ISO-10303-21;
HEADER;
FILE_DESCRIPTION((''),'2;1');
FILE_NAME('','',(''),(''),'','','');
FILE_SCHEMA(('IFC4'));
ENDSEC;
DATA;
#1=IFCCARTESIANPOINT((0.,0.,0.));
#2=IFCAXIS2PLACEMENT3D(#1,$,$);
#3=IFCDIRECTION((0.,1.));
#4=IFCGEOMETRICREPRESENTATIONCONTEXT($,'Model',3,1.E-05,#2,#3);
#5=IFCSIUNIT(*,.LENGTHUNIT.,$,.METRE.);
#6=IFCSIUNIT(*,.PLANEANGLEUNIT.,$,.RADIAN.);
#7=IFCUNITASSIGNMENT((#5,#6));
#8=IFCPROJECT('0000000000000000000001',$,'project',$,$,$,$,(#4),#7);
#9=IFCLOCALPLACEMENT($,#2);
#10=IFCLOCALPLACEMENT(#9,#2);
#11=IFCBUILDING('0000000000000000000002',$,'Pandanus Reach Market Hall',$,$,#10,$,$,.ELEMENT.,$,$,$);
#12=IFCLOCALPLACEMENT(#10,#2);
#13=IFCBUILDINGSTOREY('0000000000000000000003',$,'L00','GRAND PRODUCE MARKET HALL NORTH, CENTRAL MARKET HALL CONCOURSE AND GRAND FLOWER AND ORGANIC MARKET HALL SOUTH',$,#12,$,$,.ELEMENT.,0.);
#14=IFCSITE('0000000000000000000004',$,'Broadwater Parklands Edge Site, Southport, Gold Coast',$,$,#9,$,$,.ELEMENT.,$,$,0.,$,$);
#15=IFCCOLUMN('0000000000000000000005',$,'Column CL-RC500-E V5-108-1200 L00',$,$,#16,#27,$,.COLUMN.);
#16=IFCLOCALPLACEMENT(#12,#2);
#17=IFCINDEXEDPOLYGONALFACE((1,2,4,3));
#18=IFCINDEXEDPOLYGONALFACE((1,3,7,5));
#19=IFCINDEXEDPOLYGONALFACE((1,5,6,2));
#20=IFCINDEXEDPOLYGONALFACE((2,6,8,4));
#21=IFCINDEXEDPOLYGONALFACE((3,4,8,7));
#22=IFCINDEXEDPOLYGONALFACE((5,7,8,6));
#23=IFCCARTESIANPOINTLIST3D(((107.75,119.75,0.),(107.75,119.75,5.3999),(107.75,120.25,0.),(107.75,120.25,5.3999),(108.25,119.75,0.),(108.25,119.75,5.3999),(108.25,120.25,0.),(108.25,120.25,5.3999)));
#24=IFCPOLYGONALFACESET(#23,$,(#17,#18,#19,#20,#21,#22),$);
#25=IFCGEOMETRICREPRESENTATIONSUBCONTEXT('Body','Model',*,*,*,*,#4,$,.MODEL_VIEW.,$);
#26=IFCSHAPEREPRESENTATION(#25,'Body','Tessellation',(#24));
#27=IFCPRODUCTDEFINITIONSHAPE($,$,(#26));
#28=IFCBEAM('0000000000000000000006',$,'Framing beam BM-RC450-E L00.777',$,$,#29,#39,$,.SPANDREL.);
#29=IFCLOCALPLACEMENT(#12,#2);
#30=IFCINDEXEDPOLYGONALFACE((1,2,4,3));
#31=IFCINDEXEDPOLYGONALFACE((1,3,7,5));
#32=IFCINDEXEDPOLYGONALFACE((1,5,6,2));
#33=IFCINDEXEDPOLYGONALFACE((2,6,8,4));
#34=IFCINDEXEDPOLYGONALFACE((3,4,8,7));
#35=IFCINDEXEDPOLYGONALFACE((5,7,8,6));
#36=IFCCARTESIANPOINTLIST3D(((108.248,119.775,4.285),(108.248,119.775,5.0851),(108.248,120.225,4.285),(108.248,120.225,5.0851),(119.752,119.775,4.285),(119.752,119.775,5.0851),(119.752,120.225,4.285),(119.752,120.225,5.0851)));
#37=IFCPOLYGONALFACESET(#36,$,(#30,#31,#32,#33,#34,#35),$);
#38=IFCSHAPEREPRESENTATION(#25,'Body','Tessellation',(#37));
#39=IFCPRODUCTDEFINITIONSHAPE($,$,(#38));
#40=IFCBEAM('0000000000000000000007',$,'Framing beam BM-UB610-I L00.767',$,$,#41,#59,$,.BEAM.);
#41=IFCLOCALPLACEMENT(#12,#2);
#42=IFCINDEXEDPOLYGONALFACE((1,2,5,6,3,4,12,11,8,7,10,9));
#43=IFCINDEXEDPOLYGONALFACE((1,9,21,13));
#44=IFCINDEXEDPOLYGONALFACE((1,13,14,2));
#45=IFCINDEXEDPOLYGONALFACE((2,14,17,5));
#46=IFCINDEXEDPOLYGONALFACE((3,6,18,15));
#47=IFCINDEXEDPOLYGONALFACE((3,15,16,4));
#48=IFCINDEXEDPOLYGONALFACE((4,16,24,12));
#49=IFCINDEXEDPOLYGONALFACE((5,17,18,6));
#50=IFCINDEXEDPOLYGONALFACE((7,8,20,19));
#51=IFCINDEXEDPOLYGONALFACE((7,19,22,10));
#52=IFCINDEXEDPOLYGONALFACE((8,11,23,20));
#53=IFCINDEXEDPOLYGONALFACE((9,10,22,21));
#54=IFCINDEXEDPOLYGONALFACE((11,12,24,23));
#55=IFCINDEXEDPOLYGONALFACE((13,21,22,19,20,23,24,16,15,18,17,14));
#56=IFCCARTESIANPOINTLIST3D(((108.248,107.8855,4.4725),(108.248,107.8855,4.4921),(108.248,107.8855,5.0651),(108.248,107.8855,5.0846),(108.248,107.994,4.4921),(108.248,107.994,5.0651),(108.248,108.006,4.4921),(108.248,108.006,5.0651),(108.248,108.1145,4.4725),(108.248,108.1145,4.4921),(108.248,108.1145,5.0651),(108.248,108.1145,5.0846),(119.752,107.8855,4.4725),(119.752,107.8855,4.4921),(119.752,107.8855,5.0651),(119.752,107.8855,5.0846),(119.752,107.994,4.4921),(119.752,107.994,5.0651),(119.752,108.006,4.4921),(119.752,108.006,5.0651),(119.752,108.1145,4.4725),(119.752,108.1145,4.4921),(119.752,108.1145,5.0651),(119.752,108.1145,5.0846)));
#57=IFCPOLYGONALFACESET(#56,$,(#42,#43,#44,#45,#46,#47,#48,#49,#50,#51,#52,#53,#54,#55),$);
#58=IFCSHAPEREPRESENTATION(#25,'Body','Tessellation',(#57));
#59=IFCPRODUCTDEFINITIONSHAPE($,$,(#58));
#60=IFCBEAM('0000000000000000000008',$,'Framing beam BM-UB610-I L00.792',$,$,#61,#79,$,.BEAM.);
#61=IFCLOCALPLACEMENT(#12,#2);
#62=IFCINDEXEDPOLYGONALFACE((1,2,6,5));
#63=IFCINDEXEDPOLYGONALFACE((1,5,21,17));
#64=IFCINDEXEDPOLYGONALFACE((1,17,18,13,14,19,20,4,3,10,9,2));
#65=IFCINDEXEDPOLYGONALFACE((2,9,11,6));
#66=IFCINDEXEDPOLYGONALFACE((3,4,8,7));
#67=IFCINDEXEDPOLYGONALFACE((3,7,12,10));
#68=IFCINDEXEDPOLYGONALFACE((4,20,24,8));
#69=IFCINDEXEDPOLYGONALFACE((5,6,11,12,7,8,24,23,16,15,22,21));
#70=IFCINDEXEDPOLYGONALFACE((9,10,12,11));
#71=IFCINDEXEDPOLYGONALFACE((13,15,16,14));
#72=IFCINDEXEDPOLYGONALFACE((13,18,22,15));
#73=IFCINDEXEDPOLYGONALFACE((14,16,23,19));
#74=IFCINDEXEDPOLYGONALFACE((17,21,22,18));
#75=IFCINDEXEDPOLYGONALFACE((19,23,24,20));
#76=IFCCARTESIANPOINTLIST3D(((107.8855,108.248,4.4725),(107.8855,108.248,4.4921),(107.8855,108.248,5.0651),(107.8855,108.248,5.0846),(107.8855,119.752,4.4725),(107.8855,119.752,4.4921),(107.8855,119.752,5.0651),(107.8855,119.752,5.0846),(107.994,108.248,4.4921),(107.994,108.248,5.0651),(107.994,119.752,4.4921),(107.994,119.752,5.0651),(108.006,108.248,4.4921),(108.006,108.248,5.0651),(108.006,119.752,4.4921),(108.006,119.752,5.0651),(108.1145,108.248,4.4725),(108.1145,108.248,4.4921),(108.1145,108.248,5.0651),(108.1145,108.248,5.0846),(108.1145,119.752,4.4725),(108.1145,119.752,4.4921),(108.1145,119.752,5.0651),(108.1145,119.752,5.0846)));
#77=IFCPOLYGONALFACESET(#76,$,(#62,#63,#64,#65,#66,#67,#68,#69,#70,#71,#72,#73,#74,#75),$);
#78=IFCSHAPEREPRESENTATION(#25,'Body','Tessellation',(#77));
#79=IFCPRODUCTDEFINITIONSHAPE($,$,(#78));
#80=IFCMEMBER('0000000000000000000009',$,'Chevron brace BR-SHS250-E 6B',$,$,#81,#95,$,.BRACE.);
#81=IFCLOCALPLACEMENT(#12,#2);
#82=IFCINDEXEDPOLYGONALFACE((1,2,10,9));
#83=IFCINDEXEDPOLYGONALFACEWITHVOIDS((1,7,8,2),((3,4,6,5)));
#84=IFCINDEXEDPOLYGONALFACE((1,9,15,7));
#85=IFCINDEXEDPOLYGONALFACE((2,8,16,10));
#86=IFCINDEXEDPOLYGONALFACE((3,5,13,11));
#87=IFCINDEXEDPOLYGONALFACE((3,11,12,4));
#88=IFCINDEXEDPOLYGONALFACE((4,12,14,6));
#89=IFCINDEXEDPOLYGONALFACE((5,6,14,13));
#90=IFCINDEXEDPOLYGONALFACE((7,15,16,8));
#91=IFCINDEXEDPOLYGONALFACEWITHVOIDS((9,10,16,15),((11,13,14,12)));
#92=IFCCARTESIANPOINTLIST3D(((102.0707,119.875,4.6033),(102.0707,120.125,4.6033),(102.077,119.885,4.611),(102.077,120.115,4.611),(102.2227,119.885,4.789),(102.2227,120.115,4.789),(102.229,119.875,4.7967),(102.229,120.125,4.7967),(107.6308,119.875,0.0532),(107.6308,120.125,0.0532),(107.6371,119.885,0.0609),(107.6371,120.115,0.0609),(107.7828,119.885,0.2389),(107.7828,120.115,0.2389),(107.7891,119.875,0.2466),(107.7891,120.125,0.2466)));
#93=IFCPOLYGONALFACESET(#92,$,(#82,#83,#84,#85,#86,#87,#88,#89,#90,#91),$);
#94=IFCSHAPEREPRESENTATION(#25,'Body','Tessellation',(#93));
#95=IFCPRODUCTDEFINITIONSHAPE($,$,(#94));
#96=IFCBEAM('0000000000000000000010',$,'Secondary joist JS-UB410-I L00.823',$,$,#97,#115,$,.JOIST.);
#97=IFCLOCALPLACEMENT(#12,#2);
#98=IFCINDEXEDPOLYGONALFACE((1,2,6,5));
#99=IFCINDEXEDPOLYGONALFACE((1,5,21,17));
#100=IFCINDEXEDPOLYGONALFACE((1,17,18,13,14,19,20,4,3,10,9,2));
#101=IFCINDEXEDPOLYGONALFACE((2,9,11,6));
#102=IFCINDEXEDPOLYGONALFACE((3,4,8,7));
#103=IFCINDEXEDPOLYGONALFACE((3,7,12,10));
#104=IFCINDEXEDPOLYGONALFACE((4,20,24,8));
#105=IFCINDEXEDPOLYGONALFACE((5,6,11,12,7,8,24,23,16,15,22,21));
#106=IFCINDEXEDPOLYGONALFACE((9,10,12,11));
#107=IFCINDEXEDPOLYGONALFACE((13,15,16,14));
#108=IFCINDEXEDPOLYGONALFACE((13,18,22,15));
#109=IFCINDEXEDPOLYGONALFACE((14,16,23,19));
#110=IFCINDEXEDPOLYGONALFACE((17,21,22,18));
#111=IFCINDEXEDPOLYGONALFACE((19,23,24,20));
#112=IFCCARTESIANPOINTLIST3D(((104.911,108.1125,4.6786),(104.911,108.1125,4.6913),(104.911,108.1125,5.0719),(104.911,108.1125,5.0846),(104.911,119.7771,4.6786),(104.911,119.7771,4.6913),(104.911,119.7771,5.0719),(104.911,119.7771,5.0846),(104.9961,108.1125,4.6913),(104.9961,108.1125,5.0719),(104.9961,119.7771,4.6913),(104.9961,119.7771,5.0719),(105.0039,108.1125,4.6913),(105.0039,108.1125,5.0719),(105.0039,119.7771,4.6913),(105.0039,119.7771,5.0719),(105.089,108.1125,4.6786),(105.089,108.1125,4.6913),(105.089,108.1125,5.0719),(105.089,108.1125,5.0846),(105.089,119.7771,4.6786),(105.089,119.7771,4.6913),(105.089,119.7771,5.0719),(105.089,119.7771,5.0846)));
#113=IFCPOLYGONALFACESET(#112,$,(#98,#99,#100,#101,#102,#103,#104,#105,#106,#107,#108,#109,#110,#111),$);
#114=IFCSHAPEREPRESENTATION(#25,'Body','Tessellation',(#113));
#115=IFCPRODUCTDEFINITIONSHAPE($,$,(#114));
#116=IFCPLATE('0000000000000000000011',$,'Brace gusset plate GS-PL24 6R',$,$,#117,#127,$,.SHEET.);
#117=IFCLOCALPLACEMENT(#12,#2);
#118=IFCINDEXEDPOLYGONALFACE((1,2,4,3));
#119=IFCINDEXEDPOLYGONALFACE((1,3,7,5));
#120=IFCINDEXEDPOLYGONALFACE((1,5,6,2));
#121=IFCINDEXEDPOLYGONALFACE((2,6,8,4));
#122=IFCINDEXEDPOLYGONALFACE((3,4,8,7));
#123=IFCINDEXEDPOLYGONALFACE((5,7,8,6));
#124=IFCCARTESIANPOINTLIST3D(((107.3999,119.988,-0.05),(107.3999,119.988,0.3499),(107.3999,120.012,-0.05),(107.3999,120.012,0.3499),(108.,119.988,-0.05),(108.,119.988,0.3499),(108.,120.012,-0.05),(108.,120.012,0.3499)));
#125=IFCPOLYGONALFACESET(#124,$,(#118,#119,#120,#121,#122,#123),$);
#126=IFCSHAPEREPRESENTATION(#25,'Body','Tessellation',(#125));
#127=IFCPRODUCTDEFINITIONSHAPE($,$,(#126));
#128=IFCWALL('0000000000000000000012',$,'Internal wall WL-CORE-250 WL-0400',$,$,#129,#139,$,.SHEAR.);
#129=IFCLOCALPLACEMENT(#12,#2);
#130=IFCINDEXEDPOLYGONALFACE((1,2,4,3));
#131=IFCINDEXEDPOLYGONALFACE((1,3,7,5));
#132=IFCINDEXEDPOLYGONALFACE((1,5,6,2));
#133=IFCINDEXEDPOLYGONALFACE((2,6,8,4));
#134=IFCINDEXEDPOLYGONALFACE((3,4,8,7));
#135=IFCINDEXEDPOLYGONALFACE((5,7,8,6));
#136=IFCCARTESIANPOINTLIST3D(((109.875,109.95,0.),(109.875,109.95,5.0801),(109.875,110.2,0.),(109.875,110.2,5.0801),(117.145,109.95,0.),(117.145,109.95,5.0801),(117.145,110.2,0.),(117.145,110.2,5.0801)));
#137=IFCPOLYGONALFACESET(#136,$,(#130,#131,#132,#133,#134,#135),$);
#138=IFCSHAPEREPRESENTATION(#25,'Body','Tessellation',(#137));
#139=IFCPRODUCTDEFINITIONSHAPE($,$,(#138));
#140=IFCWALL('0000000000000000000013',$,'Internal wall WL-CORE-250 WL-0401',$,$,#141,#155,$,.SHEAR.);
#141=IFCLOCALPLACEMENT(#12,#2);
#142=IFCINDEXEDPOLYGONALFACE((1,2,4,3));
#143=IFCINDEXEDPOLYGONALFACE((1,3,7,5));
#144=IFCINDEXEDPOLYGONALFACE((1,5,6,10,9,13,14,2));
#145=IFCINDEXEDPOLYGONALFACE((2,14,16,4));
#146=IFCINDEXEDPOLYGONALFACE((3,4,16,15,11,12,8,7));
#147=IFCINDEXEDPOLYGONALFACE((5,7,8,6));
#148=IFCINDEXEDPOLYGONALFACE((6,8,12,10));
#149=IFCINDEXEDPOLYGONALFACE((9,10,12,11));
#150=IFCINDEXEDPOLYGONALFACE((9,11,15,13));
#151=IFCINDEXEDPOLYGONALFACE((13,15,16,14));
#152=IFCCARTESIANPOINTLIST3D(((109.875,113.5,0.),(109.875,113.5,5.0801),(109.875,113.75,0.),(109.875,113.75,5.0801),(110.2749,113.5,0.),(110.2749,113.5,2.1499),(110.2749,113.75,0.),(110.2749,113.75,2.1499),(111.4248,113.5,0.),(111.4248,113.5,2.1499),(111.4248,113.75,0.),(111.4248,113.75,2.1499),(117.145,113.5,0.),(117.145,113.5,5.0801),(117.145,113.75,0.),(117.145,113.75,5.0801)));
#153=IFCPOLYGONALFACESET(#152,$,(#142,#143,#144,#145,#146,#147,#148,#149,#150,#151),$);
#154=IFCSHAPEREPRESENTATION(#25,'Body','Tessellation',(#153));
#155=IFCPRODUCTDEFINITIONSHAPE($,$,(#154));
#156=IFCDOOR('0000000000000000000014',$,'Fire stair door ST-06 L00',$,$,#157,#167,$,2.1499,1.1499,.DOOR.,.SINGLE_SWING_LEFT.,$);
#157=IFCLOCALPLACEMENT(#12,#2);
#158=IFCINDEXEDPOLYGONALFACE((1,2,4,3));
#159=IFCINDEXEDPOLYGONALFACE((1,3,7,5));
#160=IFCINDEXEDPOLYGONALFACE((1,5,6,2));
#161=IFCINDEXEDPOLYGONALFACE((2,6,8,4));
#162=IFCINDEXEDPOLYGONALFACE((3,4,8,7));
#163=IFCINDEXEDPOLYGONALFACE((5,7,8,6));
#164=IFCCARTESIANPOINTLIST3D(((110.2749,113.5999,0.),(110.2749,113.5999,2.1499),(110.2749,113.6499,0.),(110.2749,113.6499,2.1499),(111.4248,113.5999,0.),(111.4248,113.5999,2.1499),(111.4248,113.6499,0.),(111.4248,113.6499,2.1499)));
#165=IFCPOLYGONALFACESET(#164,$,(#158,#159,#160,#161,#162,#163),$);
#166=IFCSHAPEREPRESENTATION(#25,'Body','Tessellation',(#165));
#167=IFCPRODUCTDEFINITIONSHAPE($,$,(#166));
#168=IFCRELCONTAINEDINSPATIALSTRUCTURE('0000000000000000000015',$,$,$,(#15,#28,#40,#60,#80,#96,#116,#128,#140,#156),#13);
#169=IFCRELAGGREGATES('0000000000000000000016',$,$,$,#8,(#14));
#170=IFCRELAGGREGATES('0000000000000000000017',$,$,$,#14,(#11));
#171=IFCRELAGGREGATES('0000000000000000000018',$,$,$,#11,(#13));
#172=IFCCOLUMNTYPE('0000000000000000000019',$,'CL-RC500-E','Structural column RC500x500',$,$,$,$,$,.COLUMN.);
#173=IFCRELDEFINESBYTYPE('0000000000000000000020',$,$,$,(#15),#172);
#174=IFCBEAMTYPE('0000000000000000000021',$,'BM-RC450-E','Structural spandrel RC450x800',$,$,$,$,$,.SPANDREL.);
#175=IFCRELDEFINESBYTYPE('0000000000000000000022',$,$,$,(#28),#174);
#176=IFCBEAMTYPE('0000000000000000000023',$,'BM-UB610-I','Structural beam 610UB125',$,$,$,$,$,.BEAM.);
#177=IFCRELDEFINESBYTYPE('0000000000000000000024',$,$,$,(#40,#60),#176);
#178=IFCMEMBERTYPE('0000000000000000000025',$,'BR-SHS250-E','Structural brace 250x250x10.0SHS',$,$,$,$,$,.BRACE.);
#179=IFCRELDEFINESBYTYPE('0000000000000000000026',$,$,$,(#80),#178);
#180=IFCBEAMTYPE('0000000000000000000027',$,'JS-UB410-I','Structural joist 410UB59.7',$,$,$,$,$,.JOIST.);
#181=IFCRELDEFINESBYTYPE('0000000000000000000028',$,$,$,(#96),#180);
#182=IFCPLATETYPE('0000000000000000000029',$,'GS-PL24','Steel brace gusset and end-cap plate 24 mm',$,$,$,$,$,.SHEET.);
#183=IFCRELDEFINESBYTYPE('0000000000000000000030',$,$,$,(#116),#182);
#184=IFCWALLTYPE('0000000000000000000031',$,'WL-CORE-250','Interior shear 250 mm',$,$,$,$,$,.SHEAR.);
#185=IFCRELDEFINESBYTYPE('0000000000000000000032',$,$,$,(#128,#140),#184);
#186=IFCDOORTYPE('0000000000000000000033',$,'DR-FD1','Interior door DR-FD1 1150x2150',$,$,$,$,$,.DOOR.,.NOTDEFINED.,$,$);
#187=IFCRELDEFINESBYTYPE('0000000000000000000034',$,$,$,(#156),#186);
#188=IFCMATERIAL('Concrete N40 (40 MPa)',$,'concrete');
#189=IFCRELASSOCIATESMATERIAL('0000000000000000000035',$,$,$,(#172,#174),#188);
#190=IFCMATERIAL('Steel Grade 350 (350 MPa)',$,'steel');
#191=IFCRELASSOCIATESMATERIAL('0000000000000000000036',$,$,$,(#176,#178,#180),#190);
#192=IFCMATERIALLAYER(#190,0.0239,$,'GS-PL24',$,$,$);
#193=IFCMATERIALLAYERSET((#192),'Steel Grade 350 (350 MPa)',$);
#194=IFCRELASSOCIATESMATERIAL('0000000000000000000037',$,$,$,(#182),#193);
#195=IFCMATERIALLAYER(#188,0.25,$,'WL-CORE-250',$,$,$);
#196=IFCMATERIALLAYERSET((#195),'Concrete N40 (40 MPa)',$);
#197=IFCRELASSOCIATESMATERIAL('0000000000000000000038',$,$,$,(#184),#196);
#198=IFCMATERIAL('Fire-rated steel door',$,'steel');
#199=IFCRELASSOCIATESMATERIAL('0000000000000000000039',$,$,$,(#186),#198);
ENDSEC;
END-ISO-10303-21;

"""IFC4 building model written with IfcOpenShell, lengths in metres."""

from ifc_helpers import new_model, si_unit, direction, frame, frame_2d, origin, origin_2d, place, context, subcontext, project, spatial, rectangle, hollow_rectangle, i_section, extrude, material, layer, layer_set, material_profile, profile_set, type_object, element, fill, save


model = new_model("IFC4")

# Units and contexts
model_context = context("Model", 3, precision=1e-05, world=origin(), true_north=direction((0.0, 1.0)))
body_context = subcontext(model_context, "Body", "Model", "MODEL_VIEW")
ifc_project = project(units=[si_unit("LENGTHUNIT", "METRE"), si_unit("PLANEANGLEUNIT", "RADIAN")], contexts=[model_context])

# Site, building, storey
site_placement = place(None, origin())
site = spatial("IfcSite", under=ifc_project, at=site_placement, Name="Broadwater Parklands Edge Site, Southport, Gold Coast", CompositionType="ELEMENT", RefElevation=0.0)
building_placement = place(site_placement, origin())
building = spatial("IfcBuilding", under=site, at=building_placement, Name="Pandanus Reach Market Hall", CompositionType="ELEMENT")
storey_placement = place(building_placement, origin())
storey = spatial("IfcBuildingStorey", under=building, at=storey_placement, Name="L00", Description="GRAND PRODUCE MARKET HALL NORTH, CENTRAL MARKET HALL CONCOURSE AND GRAND FLOWER AND ORGANIC MARKET HALL SOUTH", CompositionType="ELEMENT", Elevation=0.0)

# Column
ifc_material_1 = material(Name="Concrete N40 (40 MPa)", Category="concrete")
ifc_material_profile_1 = material_profile(ifc_material_1, rectangle(XDim=0.5, YDim=0.5, at=origin_2d()), Name="RC500x500", Category="LoadBearing")
ifc_profile_set_1 = profile_set([ifc_material_profile_1], Name="Concrete N40 (40 MPa)")
column_type = type_object("IfcColumnType", Name="CL-RC500-E", Description="Structural column RC500x500", PredefinedType="COLUMN", material=ifc_profile_set_1)
column_placement = place(storey_placement, frame((108.0, 120.0, 0.0), z_axis=(0.0, 0.0, 1.0), x_axis=(1.0, 0.0, 0.0)))
element("IfcColumn", 1, at=column_placement, inside=storey, type_object=column_type, Name="Column CL-RC500-E V5-108-1200 L00", PredefinedType="COLUMN", context=body_context, shape_type="SweptSolid", body=[
    extrude(rectangle(XDim=0.5, YDim=0.5, at=origin_2d()), origin(), (0.0, 0.0, 1.0), 5.3999),
])

# Beams
ifc_material_profile_2 = material_profile(ifc_material_1, rectangle(XDim=0.45, YDim=0.8, at=origin_2d()), Name="RC450x800", Category="LoadBearing")
ifc_profile_set_2 = profile_set([ifc_material_profile_2], Name="Concrete N40 (40 MPa)")
beam_type_1 = type_object("IfcBeamType", Name="BM-RC450-E", Description="Structural spandrel RC450x800", PredefinedType="SPANDREL", material=ifc_profile_set_2)
beam_1_placement = place(storey_placement, frame((108.248, 120.0, 4.6851), z_axis=(1.0, 0.0, 0.0), x_axis=(0.0, 1.0, 0.0)))
element("IfcBeam", 2, at=beam_1_placement, inside=storey, type_object=beam_type_1, Name="Framing beam BM-RC450-E L00.777", PredefinedType="SPANDREL", context=body_context, shape_type="SweptSolid", body=[
    extrude(rectangle(XDim=0.45, YDim=0.8, at=origin_2d()), origin(), (0.0, 0.0, 1.0), 11.5039),
])
ifc_material_2 = material(Name="Steel Grade 350 (350 MPa)", Category="steel")
ifc_material_profile_3 = material_profile(ifc_material_2, i_section(OverallWidth=0.229, OverallDepth=0.6121, WebThickness=0.012, FlangeThickness=0.0195, at=origin_2d()), Name="610UB125", Category="LoadBearing")
ifc_profile_set_3 = profile_set([ifc_material_profile_3], Name="Steel Grade 350 (350 MPa)")
beam_type_2 = type_object("IfcBeamType", Name="BM-UB610-I", Description="Structural beam 610UB125", PredefinedType="BEAM", material=ifc_profile_set_3)
for number, where, z_axis, x_axis, name in (
    (3, (108.248, 108.0, 4.7786), (1.0, 0.0, 0.0), (0.0, 1.0, 0.0), "Framing beam BM-UB610-I L00.767"),
    (4, (108.0, 108.248, 4.7786), (0.0, 1.0, 0.0), (-1.0, 0.0, 0.0), "Framing beam BM-UB610-I L00.792"),
):
    element("IfcBeam", number, at=place(storey_placement, frame(where, z_axis=z_axis, x_axis=x_axis)), inside=storey, type_object=beam_type_2, Name=name, PredefinedType="BEAM", context=body_context, shape_type="SweptSolid", body=[
        extrude(i_section(OverallWidth=0.229, OverallDepth=0.6121, WebThickness=0.012, FlangeThickness=0.0195, at=origin_2d()), origin(), (0.0, 0.0, 1.0), 11.5039),
    ])

# Member
ifc_material_profile_4 = material_profile(ifc_material_2, hollow_rectangle(XDim=0.25, YDim=0.25, WallThickness=0.01, at=origin_2d()), Name="250x250x10.0SHS", Category="LoadBearing")
ifc_profile_set_4 = profile_set([ifc_material_profile_4], Name="Steel Grade 350 (350 MPa)")
member_type = type_object("IfcMemberType", Name="BR-SHS250-E", Description="Structural brace 250x250x10.0SHS", PredefinedType="BRACE", material=ifc_profile_set_4)
member_placement = place(storey_placement, frame((107.71, 120.0, 0.1499), z_axis=(-0.773895, 0.0, 0.633314), x_axis=(0.0, -1.0, 0.0)))
element("IfcMember", 5, at=member_placement, inside=storey, type_object=member_type, Name="Chevron brace BR-SHS250-E 6B", PredefinedType="BRACE", context=body_context, shape_type="SweptSolid", body=[
    extrude(hollow_rectangle(XDim=0.25, YDim=0.25, WallThickness=0.01, at=origin_2d()), origin(), (0.0, 0.0, 1.0), 7.1846),
])

# Beam
ifc_material_profile_5 = material_profile(ifc_material_2, i_section(OverallWidth=0.178, OverallDepth=0.406, WebThickness=0.0078, FlangeThickness=0.0127, at=origin_2d()), Name="410UB59.7", Category="LoadBearing")
ifc_profile_set_5 = profile_set([ifc_material_profile_5], Name="Steel Grade 350 (350 MPa)")
beam_type_3 = type_object("IfcBeamType", Name="JS-UB410-I", Description="Structural joist 410UB59.7", PredefinedType="JOIST", material=ifc_profile_set_5)
beam_2_placement = place(storey_placement, frame((105.0, 108.1125, 4.8816), z_axis=(0.0, 1.0, 0.0), x_axis=(-1.0, 0.0, 0.0)))
element("IfcBeam", 6, at=beam_2_placement, inside=storey, type_object=beam_type_3, Name="Secondary joist JS-UB410-I L00.823", PredefinedType="JOIST", context=body_context, shape_type="SweptSolid", body=[
    extrude(i_section(OverallWidth=0.178, OverallDepth=0.406, WebThickness=0.0078, FlangeThickness=0.0127, at=origin_2d()), origin(), (0.0, 0.0, 1.0), 11.6646),
])

# Plate
ifc_layer_1 = layer(ifc_material_2, 0.0239, Name="GS-PL24")
ifc_layer_set_1 = layer_set([ifc_layer_1], Name="Steel Grade 350 (350 MPa)")
plate_type = type_object("IfcPlateType", Name="GS-PL24", Description="Steel brace gusset and end-cap plate 24 mm", PredefinedType="SHEET", material=ifc_layer_set_1)
plate_placement = place(storey_placement, frame((107.7, 120.0, -0.05), z_axis=(0.0, 0.0, 1.0), x_axis=(1.0, 0.0, 0.0)))
element("IfcPlate", 7, at=plate_placement, inside=storey, type_object=plate_type, Name="Brace gusset plate GS-PL24 6R", PredefinedType="SHEET", context=body_context, shape_type="SweptSolid", body=[
    extrude(rectangle(XDim=0.6001, YDim=0.0239, at=origin_2d()), origin(), (0.0, 0.0, 1.0), 0.3999),
])

# Wall
ifc_layer_2 = layer(ifc_material_1, 0.25, Name="WL-CORE-250")
ifc_layer_set_2 = layer_set([ifc_layer_2], Name="Concrete N40 (40 MPa)")
wall_type_1 = type_object("IfcWallType", Name="WL-CORE-250", Description="Interior shear 250 mm", PredefinedType="SHEAR", material=ifc_layer_set_2)
wall_1_placement = place(storey_placement, frame((109.875, 110.075, 0.0), z_axis=(0.0, 0.0, 1.0), x_axis=(1.0, 0.0, 0.0)))
element("IfcWall", 8, at=wall_1_placement, inside=storey, type_object=wall_type_1, Name="Internal wall WL-CORE-250 WL-0400", PredefinedType="SHEAR", context=body_context, shape_type="SweptSolid", body=[
    extrude(rectangle(XDim=7.27, YDim=0.25, at=frame_2d((3.635, 0.0))), origin(), (0.0, 0.0, 1.0), 5.0801),
])

# Wall, opening, door
wall_2_placement = place(storey_placement, frame((109.875, 113.625, 0.0), z_axis=(0.0, 0.0, 1.0), x_axis=(1.0, 0.0, 0.0)))
wall_2 = element("IfcWall", 9, at=wall_2_placement, inside=storey, type_object=wall_type_1, Name="Internal wall WL-CORE-250 WL-0401", PredefinedType="SHEAR", context=body_context, shape_type="SweptSolid", body=[
    extrude(rectangle(XDim=7.27, YDim=0.25, at=frame_2d((3.635, 0.0))), origin(), (0.0, 0.0, 1.0), 5.0801),
])
opening_1_placement = place(wall_2_placement, frame((0.3999, 0.0, 0.0)))
opening_1 = element("IfcOpeningElement", 10, at=opening_1_placement, cuts=wall_2, PredefinedType="OPENING", context=body_context, shape_type="SweptSolid", body=[
    extrude(rectangle(XDim=1.1499, YDim=2.1499, at=frame_2d((0.575, 1.075))), frame((0.0, 0.1399, 0.0), z_axis=(0.0, -1.0, 0.0), x_axis=(1.0, 0.0, 0.0)), (0.0, 0.0, 1.0), 0.28),
])
ifc_material_3 = material(Name="Fire-rated steel door", Category="steel")
door_type_1 = type_object("IfcDoorType", Name="DR-FD1", Description="Interior door DR-FD1 1150x2150", OperationType="NOTDEFINED", PredefinedType="DOOR", material=ifc_material_3)
door_1_placement = place(opening_1_placement, origin())
door_1 = element("IfcDoor", 11, at=door_1_placement, inside=storey, type_object=door_type_1, Name="Fire stair door ST-06 L00", OperationType="SINGLE_SWING_LEFT", OverallHeight=2.1499, OverallWidth=1.1499, PredefinedType="DOOR", context=body_context, shape_type="SweptSolid", body=[
    extrude(rectangle(XDim=1.1499, YDim=2.1499, at=frame_2d((0.575, 1.075))), frame((0.0, 0.0249, 0.0), z_axis=(0.0, -1.0, 0.0), x_axis=(1.0, 0.0, 0.0)), (0.0, 0.0, 1.0), 0.05),
])
fill(opening_1, door_1)

save(model, "model.ifc")
